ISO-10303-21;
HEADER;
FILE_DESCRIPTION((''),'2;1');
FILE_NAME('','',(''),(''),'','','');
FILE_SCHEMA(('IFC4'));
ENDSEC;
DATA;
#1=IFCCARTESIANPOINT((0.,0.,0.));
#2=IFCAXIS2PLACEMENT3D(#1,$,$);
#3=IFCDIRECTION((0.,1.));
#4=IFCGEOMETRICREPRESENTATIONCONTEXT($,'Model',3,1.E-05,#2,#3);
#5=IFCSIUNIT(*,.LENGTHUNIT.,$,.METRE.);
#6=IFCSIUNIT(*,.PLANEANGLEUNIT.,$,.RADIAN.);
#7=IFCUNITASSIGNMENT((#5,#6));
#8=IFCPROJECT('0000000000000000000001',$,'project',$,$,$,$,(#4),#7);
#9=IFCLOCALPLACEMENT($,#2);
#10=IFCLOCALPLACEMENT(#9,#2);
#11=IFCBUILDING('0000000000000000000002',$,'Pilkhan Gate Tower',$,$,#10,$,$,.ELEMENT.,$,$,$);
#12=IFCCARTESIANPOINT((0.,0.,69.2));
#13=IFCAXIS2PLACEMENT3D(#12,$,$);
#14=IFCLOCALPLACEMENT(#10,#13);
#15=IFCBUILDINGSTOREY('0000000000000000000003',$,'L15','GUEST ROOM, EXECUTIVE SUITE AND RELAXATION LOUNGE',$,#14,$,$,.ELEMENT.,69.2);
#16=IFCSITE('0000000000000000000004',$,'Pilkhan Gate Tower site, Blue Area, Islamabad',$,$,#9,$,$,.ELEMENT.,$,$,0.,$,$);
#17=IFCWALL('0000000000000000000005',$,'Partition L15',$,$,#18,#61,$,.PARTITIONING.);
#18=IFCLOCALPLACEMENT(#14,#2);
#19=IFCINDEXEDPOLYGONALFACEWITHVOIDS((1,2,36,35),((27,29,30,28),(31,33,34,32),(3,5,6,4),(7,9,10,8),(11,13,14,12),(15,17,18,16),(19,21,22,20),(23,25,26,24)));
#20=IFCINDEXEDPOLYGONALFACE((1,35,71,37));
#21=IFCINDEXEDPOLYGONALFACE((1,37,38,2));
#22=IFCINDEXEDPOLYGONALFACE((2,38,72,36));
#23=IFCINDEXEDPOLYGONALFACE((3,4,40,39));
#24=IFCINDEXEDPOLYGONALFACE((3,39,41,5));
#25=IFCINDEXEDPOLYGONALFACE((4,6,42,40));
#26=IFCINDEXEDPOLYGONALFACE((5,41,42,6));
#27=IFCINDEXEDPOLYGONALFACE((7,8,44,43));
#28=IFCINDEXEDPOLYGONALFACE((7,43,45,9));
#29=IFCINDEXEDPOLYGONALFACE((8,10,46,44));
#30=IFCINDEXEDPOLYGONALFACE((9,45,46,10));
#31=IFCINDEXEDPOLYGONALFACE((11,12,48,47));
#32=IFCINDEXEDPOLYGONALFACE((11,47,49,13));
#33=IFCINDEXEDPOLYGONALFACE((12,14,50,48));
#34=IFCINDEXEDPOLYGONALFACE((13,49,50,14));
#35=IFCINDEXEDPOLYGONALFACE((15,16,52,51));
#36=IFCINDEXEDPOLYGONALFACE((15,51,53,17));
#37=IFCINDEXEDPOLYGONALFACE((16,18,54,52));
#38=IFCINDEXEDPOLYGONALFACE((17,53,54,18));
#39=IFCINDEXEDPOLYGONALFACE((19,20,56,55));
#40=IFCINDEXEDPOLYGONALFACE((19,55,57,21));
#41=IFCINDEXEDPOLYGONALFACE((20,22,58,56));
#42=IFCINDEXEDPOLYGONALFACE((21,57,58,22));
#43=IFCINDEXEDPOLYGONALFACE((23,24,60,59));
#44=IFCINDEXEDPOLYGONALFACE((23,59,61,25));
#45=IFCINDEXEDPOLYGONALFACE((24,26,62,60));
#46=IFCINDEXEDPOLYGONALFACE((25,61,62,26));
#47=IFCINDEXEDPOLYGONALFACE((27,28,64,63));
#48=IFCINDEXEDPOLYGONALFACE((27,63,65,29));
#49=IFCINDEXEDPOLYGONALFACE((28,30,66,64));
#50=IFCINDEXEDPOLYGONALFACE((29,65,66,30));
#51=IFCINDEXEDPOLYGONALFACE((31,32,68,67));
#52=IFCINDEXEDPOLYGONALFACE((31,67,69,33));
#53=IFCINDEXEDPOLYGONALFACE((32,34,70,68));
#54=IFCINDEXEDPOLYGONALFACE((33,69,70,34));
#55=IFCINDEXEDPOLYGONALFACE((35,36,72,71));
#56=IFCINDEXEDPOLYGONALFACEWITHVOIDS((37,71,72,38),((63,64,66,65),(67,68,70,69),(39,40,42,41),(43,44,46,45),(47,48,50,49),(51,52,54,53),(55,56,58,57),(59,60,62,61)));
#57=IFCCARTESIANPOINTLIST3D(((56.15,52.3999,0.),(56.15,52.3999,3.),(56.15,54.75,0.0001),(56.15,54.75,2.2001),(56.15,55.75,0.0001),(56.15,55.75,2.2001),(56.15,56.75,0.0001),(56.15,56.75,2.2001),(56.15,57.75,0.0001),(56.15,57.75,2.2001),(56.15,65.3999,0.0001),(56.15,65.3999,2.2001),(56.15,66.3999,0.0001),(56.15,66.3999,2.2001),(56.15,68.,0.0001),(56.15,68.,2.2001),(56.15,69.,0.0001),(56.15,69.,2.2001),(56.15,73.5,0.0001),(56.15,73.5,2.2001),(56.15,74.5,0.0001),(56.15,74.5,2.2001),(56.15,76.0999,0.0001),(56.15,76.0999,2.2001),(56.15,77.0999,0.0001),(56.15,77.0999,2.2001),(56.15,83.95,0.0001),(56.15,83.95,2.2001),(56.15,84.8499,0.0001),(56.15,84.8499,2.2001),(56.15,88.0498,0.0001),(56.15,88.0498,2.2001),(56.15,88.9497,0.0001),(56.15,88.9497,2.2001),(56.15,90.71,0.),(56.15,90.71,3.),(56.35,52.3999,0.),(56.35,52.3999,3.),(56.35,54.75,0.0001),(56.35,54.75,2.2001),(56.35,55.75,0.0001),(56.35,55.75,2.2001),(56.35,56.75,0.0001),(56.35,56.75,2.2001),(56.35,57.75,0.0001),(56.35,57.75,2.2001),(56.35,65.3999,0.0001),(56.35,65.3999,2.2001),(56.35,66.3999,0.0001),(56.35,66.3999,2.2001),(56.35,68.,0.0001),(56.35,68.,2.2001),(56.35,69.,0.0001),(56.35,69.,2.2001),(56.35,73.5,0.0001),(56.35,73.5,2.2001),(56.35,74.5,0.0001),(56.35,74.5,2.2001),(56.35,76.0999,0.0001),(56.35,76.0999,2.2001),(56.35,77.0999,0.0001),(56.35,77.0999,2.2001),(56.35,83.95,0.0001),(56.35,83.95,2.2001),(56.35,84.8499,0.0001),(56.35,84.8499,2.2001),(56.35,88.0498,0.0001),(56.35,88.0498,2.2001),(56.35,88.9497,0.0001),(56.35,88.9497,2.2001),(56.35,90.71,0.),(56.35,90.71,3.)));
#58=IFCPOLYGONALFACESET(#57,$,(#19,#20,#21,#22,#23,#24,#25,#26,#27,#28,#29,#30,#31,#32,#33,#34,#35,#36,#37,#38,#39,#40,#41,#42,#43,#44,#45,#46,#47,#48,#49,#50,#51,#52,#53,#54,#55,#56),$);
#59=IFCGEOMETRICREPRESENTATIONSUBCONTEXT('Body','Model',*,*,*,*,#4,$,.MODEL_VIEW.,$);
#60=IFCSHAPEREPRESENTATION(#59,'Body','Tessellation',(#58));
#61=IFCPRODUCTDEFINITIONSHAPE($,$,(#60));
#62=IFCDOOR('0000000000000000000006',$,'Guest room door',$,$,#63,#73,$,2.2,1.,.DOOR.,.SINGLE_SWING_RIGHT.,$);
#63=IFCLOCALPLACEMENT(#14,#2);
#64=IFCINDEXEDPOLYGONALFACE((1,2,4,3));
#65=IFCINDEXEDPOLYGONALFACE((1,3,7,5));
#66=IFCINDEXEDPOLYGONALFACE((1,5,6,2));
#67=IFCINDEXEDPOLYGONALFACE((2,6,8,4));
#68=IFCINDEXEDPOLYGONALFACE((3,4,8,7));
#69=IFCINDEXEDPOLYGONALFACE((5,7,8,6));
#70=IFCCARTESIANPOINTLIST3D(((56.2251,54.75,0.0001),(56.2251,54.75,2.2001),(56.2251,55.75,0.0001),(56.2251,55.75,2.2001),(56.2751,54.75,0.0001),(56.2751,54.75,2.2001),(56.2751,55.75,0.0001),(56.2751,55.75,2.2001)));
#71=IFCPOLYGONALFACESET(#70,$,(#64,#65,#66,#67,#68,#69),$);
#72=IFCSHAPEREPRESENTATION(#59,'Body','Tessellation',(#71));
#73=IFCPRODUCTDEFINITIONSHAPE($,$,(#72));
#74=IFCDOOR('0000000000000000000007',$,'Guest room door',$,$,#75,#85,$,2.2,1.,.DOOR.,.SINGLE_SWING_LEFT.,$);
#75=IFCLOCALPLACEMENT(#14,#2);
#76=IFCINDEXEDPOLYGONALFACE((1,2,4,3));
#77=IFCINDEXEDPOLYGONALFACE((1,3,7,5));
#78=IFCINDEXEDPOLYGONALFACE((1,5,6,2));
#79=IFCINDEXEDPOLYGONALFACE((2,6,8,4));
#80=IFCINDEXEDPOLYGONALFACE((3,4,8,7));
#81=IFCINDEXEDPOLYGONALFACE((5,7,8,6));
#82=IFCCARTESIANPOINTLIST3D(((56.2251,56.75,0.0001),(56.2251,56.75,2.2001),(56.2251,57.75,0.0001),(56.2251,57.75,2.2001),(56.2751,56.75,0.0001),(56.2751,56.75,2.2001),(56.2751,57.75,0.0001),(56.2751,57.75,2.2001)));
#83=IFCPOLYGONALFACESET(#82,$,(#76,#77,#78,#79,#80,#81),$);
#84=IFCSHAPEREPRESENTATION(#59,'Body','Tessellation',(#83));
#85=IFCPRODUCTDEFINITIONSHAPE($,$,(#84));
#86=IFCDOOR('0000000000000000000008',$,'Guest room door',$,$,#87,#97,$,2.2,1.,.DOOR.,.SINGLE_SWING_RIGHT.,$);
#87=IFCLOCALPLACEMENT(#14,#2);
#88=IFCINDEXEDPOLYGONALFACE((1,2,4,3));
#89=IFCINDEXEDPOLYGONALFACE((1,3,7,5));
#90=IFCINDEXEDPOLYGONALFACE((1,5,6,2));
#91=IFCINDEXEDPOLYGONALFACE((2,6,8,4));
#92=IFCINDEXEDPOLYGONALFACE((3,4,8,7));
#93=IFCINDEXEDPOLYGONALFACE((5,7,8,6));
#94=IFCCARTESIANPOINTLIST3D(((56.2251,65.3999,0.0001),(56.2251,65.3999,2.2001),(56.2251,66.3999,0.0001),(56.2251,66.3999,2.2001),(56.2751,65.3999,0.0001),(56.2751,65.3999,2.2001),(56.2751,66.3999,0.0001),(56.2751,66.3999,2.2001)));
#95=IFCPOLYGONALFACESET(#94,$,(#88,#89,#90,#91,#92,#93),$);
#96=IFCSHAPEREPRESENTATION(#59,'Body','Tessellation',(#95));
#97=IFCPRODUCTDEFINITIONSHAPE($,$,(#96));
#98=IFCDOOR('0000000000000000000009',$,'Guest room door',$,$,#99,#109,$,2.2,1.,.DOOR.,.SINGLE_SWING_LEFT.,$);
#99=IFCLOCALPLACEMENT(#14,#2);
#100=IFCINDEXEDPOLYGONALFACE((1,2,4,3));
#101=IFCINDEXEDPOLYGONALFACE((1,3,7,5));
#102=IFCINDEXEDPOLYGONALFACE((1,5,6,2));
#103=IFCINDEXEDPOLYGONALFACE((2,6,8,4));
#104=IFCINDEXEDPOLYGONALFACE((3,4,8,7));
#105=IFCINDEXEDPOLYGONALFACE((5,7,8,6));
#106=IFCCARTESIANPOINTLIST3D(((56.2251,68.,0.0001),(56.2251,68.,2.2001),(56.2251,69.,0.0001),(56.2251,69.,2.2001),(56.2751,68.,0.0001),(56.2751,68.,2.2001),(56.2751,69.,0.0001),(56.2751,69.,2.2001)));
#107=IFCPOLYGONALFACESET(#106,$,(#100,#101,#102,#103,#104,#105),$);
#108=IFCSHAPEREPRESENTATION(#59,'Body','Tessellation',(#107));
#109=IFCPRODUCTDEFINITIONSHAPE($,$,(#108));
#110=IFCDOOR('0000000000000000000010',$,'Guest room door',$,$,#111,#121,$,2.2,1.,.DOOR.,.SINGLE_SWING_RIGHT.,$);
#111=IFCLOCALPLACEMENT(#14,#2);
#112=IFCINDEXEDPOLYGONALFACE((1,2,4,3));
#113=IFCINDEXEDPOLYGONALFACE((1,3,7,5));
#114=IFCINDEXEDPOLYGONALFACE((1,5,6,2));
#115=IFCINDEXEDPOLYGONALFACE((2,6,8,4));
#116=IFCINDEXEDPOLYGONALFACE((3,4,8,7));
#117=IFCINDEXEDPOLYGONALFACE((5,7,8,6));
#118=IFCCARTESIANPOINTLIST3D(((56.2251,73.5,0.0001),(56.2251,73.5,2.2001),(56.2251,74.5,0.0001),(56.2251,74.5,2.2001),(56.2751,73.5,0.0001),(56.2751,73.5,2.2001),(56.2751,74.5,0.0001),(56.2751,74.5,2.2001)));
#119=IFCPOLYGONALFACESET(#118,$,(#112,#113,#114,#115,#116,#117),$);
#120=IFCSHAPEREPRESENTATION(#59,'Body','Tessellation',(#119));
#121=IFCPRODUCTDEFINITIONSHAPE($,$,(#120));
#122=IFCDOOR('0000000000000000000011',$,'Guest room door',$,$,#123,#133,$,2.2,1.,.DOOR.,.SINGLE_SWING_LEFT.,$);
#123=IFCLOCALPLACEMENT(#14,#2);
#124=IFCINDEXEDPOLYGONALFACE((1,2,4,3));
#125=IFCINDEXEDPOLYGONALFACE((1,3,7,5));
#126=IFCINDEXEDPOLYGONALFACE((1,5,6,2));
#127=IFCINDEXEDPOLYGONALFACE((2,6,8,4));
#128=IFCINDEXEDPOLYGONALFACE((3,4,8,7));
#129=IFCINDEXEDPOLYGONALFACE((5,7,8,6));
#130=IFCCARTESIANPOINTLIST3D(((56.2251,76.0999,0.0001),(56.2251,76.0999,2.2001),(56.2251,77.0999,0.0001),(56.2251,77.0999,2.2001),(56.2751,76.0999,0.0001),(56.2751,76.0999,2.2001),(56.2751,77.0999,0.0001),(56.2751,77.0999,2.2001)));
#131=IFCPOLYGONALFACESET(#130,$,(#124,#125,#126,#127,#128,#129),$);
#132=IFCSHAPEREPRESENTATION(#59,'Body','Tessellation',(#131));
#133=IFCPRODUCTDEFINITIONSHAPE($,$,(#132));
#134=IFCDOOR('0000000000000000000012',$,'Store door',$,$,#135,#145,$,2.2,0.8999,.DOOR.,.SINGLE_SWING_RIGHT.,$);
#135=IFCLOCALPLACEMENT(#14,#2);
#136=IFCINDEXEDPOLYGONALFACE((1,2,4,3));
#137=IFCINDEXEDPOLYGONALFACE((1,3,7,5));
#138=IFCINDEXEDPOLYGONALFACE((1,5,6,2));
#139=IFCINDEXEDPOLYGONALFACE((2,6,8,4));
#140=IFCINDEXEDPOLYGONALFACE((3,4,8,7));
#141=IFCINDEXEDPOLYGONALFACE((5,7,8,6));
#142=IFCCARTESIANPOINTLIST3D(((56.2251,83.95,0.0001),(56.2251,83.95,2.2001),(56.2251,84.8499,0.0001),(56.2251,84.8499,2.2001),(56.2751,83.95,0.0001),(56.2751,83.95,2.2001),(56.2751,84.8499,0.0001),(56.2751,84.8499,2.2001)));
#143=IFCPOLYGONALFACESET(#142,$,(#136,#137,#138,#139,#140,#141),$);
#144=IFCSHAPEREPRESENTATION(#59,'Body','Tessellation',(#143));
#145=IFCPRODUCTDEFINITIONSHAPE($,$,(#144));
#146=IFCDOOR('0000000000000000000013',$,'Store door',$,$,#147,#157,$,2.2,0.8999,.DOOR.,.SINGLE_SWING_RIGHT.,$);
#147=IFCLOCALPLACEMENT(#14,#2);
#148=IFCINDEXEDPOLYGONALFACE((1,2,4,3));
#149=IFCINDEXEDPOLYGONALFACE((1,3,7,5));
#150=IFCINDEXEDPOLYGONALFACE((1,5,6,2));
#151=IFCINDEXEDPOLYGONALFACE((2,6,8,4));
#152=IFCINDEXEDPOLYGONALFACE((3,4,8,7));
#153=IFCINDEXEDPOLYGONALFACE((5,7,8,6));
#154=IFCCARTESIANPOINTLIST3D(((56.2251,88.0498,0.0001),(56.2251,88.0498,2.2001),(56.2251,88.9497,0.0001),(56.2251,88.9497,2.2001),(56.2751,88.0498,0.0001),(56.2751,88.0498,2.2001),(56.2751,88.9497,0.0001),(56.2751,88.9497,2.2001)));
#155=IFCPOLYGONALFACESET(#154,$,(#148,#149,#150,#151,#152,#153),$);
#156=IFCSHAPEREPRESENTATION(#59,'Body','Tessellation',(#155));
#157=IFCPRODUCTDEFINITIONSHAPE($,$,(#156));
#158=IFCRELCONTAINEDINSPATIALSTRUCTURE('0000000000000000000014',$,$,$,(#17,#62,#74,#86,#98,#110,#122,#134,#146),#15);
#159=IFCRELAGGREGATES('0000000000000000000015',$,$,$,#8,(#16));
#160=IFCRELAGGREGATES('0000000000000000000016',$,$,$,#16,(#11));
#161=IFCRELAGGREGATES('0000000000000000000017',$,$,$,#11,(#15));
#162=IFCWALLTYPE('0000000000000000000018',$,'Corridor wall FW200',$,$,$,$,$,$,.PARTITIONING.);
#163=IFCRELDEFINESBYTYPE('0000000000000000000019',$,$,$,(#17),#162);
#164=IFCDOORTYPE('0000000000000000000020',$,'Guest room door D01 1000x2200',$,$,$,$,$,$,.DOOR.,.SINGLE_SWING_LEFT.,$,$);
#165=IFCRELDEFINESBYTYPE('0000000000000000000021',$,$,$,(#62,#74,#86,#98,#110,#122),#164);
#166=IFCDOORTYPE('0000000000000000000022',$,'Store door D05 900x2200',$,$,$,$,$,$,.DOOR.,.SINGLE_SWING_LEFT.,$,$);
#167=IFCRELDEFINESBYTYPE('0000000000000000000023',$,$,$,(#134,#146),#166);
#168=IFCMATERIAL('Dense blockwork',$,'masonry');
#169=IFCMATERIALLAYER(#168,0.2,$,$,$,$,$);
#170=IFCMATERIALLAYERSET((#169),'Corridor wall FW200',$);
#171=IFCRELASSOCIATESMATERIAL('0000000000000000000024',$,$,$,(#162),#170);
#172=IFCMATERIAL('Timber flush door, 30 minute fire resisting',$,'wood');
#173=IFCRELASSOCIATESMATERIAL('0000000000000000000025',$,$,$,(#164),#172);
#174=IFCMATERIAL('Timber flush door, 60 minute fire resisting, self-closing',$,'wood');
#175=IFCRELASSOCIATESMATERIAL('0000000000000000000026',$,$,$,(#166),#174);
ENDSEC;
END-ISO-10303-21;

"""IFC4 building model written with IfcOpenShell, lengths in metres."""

from ifc_helpers import new_model, si_unit, direction, frame, frame_2d, origin, place, context, subcontext, project, spatial, rectangle, extrude, material, layer, layer_set, type_object, element, fill, save


model = new_model("IFC4")

# Units and contexts
model_context = context("Model", 3, precision=1e-05, world=origin(), true_north=direction((0.0, 1.0)))
body_context = subcontext(model_context, "Body", "Model", "MODEL_VIEW")
ifc_project = project(units=[si_unit("LENGTHUNIT", "METRE"), si_unit("PLANEANGLEUNIT", "RADIAN")], contexts=[model_context])

# Site, building, storey
site_placement = place(None, origin())
site = spatial("IfcSite", under=ifc_project, at=site_placement, Name="Pilkhan Gate Tower site, Blue Area, Islamabad", CompositionType="ELEMENT", RefElevation=0.0)
building_placement = place(site_placement, origin())
building = spatial("IfcBuilding", under=site, at=building_placement, Name="Pilkhan Gate Tower", CompositionType="ELEMENT")
storey_placement = place(building_placement, frame((0.0, 0.0, 69.2)))
storey = spatial("IfcBuildingStorey", under=building, at=storey_placement, Name="L15", Description="GUEST ROOM, EXECUTIVE SUITE AND RELAXATION LOUNGE", CompositionType="ELEMENT", Elevation=69.2)

# Wall, openings, doors
ifc_material_1 = material(Name="Dense blockwork", Category="masonry")
ifc_layer_1 = layer(ifc_material_1, 0.2)
ifc_layer_set_1 = layer_set([ifc_layer_1], Name="Corridor wall FW200")
wall_type_1 = type_object("IfcWallType", Name="Corridor wall FW200", PredefinedType="PARTITIONING", material=ifc_layer_set_1)
ifc_material_2 = material(Name="Timber flush door, 30 minute fire resisting", Category="wood")
wall_1_placement = place(storey_placement, frame((56.25, 52.3999, 0.0), z_axis=(0.0, 0.0, 1.0), x_axis=(0.0, 1.0, 0.0)))
wall_1 = element("IfcWall", 1, at=wall_1_placement, inside=storey, type_object=wall_type_1, Name="Partition L15", PredefinedType="PARTITIONING", context=body_context, shape_type="SweptSolid", body=[
    extrude(rectangle(XDim=38.3101, YDim=0.2, at=frame_2d((19.155, 0.0))), origin(), (0.0, 0.0, 1.0), 3.0),
])
opening_1_placement = place(wall_1_placement, frame((2.3501, 0.0, 0.0)))
opening_1 = element("IfcOpeningElement", 2, at=opening_1_placement, cuts=wall_1, PredefinedType="OPENING", context=body_context, shape_type="SweptSolid", body=[
    extrude(rectangle(XDim=1.0, YDim=2.2, at=frame_2d((0.5, 1.1001))), frame((0.0, 0.1099, 0.0), z_axis=(0.0, -1.0, 0.0), x_axis=(1.0, 0.0, 0.0)), (0.0, 0.0, 1.0), 0.22),
])
opening_2_placement = place(wall_1_placement, frame((4.3501, 0.0, 0.0)))
opening_2 = element("IfcOpeningElement", 3, at=opening_2_placement, cuts=wall_1, PredefinedType="OPENING", context=body_context, shape_type="SweptSolid", body=[
    extrude(rectangle(XDim=1.0, YDim=2.2, at=frame_2d((0.5, 1.1001))), frame((0.0, 0.1099, 0.0), z_axis=(0.0, -1.0, 0.0), x_axis=(1.0, 0.0, 0.0)), (0.0, 0.0, 1.0), 0.22),
])
opening_3_placement = place(wall_1_placement, frame((13.0, 0.0, 0.0)))
opening_3 = element("IfcOpeningElement", 4, at=opening_3_placement, cuts=wall_1, PredefinedType="OPENING", context=body_context, shape_type="SweptSolid", body=[
    extrude(rectangle(XDim=1.0, YDim=2.2, at=frame_2d((0.5, 1.1001))), frame((0.0, 0.1099, 0.0), z_axis=(0.0, -1.0, 0.0), x_axis=(1.0, 0.0, 0.0)), (0.0, 0.0, 1.0), 0.22),
])
opening_4_placement = place(wall_1_placement, frame((15.6001, 0.0, 0.0)))
opening_4 = element("IfcOpeningElement", 5, at=opening_4_placement, cuts=wall_1, PredefinedType="OPENING", context=body_context, shape_type="SweptSolid", body=[
    extrude(rectangle(XDim=1.0, YDim=2.2, at=frame_2d((0.5, 1.1001))), frame((0.0, 0.1099, 0.0), z_axis=(0.0, -1.0, 0.0), x_axis=(1.0, 0.0, 0.0)), (0.0, 0.0, 1.0), 0.22),
])
opening_5_placement = place(wall_1_placement, frame((21.1001, 0.0, 0.0)))
opening_5 = element("IfcOpeningElement", 6, at=opening_5_placement, cuts=wall_1, PredefinedType="OPENING", context=body_context, shape_type="SweptSolid", body=[
    extrude(rectangle(XDim=1.0, YDim=2.2, at=frame_2d((0.5, 1.1001))), frame((0.0, 0.1099, 0.0), z_axis=(0.0, -1.0, 0.0), x_axis=(1.0, 0.0, 0.0)), (0.0, 0.0, 1.0), 0.22),
])
opening_6_placement = place(wall_1_placement, frame((23.7, 0.0, 0.0)))
opening_6 = element("IfcOpeningElement", 7, at=opening_6_placement, cuts=wall_1, PredefinedType="OPENING", context=body_context, shape_type="SweptSolid", body=[
    extrude(rectangle(XDim=1.0, YDim=2.2, at=frame_2d((0.5, 1.1001))), frame((0.0, 0.1099, 0.0), z_axis=(0.0, -1.0, 0.0), x_axis=(1.0, 0.0, 0.0)), (0.0, 0.0, 1.0), 0.22),
])
opening_7_placement = place(wall_1_placement, frame((31.55, 0.0, 0.0)))
opening_7 = element("IfcOpeningElement", 8, at=opening_7_placement, cuts=wall_1, PredefinedType="OPENING", context=body_context, shape_type="SweptSolid", body=[
    extrude(rectangle(XDim=0.8999, YDim=2.2, at=frame_2d((0.45, 1.1001))), frame((0.0, 0.1099, 0.0), z_axis=(0.0, -1.0, 0.0), x_axis=(1.0, 0.0, 0.0)), (0.0, 0.0, 1.0), 0.22),
])
opening_8_placement = place(wall_1_placement, frame((35.6499, 0.0, 0.0)))
opening_8 = element("IfcOpeningElement", 9, at=opening_8_placement, cuts=wall_1, PredefinedType="OPENING", context=body_context, shape_type="SweptSolid", body=[
    extrude(rectangle(XDim=0.8999, YDim=2.2, at=frame_2d((0.45, 1.1001))), frame((0.0, 0.1099, 0.0), z_axis=(0.0, -1.0, 0.0), x_axis=(1.0, 0.0, 0.0)), (0.0, 0.0, 1.0), 0.22),
])
door_type_1 = type_object("IfcDoorType", Name="Guest room door D01 1000x2200", OperationType="SINGLE_SWING_LEFT", PredefinedType="DOOR", material=ifc_material_2)
door_1_placement = place(opening_1_placement, origin())
door_1 = element("IfcDoor", 10, at=door_1_placement, inside=storey, type_object=door_type_1, Name="Guest room door", OperationType="SINGLE_SWING_RIGHT", OverallHeight=2.2, OverallWidth=1.0, PredefinedType="DOOR", context=body_context, shape_type="SweptSolid", body=[
    extrude(rectangle(XDim=1.0, YDim=2.2, at=frame_2d((0.5, 1.1001))), frame((0.0, 0.0249, 0.0), z_axis=(0.0, -1.0, 0.0), x_axis=(1.0, 0.0, 0.0)), (0.0, 0.0, 1.0), 0.05),
])
fill(opening_1, door_1)
door_2_placement = place(opening_2_placement, origin())
door_2 = element("IfcDoor", 11, at=door_2_placement, inside=storey, type_object=door_type_1, Name="Guest room door", OperationType="SINGLE_SWING_LEFT", OverallHeight=2.2, OverallWidth=1.0, PredefinedType="DOOR", context=body_context, shape_type="SweptSolid", body=[
    extrude(rectangle(XDim=1.0, YDim=2.2, at=frame_2d((0.5, 1.1001))), frame((0.0, 0.0249, 0.0), z_axis=(0.0, -1.0, 0.0), x_axis=(1.0, 0.0, 0.0)), (0.0, 0.0, 1.0), 0.05),
])
fill(opening_2, door_2)
door_3_placement = place(opening_3_placement, origin())
door_3 = element("IfcDoor", 12, at=door_3_placement, inside=storey, type_object=door_type_1, Name="Guest room door", OperationType="SINGLE_SWING_RIGHT", OverallHeight=2.2, OverallWidth=1.0, PredefinedType="DOOR", context=body_context, shape_type="SweptSolid", body=[
    extrude(rectangle(XDim=1.0, YDim=2.2, at=frame_2d((0.5, 1.1001))), frame((0.0, 0.0249, 0.0), z_axis=(0.0, -1.0, 0.0), x_axis=(1.0, 0.0, 0.0)), (0.0, 0.0, 1.0), 0.05),
])
fill(opening_3, door_3)
door_4_placement = place(opening_4_placement, origin())
door_4 = element("IfcDoor", 13, at=door_4_placement, inside=storey, type_object=door_type_1, Name="Guest room door", OperationType="SINGLE_SWING_LEFT", OverallHeight=2.2, OverallWidth=1.0, PredefinedType="DOOR", context=body_context, shape_type="SweptSolid", body=[
    extrude(rectangle(XDim=1.0, YDim=2.2, at=frame_2d((0.5, 1.1001))), frame((0.0, 0.0249, 0.0), z_axis=(0.0, -1.0, 0.0), x_axis=(1.0, 0.0, 0.0)), (0.0, 0.0, 1.0), 0.05),
])
fill(opening_4, door_4)
door_5_placement = place(opening_5_placement, origin())
door_5 = element("IfcDoor", 14, at=door_5_placement, inside=storey, type_object=door_type_1, Name="Guest room door", OperationType="SINGLE_SWING_RIGHT", OverallHeight=2.2, OverallWidth=1.0, PredefinedType="DOOR", context=body_context, shape_type="SweptSolid", body=[
    extrude(rectangle(XDim=1.0, YDim=2.2, at=frame_2d((0.5, 1.1001))), frame((0.0, 0.0249, 0.0), z_axis=(0.0, -1.0, 0.0), x_axis=(1.0, 0.0, 0.0)), (0.0, 0.0, 1.0), 0.05),
])
fill(opening_5, door_5)
door_6_placement = place(opening_6_placement, origin())
door_6 = element("IfcDoor", 15, at=door_6_placement, inside=storey, type_object=door_type_1, Name="Guest room door", OperationType="SINGLE_SWING_LEFT", OverallHeight=2.2, OverallWidth=1.0, PredefinedType="DOOR", context=body_context, shape_type="SweptSolid", body=[
    extrude(rectangle(XDim=1.0, YDim=2.2, at=frame_2d((0.5, 1.1001))), frame((0.0, 0.0249, 0.0), z_axis=(0.0, -1.0, 0.0), x_axis=(1.0, 0.0, 0.0)), (0.0, 0.0, 1.0), 0.05),
])
fill(opening_6, door_6)
ifc_material_3 = material(Name="Timber flush door, 60 minute fire resisting, self-closing", Category="wood")
door_type_2 = type_object("IfcDoorType", Name="Store door D05 900x2200", OperationType="SINGLE_SWING_LEFT", PredefinedType="DOOR", material=ifc_material_3)
door_7_placement = place(opening_7_placement, origin())
door_7 = element("IfcDoor", 16, at=door_7_placement, inside=storey, type_object=door_type_2, Name="Store door", OperationType="SINGLE_SWING_RIGHT", OverallHeight=2.2, OverallWidth=0.8999, PredefinedType="DOOR", context=body_context, shape_type="SweptSolid", body=[
    extrude(rectangle(XDim=0.8999, YDim=2.2, at=frame_2d((0.45, 1.1001))), frame((0.0, 0.0249, 0.0), z_axis=(0.0, -1.0, 0.0), x_axis=(1.0, 0.0, 0.0)), (0.0, 0.0, 1.0), 0.05),
])
fill(opening_7, door_7)
door_8_placement = place(opening_8_placement, origin())
door_8 = element("IfcDoor", 17, at=door_8_placement, inside=storey, type_object=door_type_2, Name="Store door", OperationType="SINGLE_SWING_RIGHT", OverallHeight=2.2, OverallWidth=0.8999, PredefinedType="DOOR", context=body_context, shape_type="SweptSolid", body=[
    extrude(rectangle(XDim=0.8999, YDim=2.2, at=frame_2d((0.45, 1.1001))), frame((0.0, 0.0249, 0.0), z_axis=(0.0, -1.0, 0.0), x_axis=(1.0, 0.0, 0.0)), (0.0, 0.0, 1.0), 0.05),
])
fill(opening_8, door_8)

save(model, "model.ifc")
